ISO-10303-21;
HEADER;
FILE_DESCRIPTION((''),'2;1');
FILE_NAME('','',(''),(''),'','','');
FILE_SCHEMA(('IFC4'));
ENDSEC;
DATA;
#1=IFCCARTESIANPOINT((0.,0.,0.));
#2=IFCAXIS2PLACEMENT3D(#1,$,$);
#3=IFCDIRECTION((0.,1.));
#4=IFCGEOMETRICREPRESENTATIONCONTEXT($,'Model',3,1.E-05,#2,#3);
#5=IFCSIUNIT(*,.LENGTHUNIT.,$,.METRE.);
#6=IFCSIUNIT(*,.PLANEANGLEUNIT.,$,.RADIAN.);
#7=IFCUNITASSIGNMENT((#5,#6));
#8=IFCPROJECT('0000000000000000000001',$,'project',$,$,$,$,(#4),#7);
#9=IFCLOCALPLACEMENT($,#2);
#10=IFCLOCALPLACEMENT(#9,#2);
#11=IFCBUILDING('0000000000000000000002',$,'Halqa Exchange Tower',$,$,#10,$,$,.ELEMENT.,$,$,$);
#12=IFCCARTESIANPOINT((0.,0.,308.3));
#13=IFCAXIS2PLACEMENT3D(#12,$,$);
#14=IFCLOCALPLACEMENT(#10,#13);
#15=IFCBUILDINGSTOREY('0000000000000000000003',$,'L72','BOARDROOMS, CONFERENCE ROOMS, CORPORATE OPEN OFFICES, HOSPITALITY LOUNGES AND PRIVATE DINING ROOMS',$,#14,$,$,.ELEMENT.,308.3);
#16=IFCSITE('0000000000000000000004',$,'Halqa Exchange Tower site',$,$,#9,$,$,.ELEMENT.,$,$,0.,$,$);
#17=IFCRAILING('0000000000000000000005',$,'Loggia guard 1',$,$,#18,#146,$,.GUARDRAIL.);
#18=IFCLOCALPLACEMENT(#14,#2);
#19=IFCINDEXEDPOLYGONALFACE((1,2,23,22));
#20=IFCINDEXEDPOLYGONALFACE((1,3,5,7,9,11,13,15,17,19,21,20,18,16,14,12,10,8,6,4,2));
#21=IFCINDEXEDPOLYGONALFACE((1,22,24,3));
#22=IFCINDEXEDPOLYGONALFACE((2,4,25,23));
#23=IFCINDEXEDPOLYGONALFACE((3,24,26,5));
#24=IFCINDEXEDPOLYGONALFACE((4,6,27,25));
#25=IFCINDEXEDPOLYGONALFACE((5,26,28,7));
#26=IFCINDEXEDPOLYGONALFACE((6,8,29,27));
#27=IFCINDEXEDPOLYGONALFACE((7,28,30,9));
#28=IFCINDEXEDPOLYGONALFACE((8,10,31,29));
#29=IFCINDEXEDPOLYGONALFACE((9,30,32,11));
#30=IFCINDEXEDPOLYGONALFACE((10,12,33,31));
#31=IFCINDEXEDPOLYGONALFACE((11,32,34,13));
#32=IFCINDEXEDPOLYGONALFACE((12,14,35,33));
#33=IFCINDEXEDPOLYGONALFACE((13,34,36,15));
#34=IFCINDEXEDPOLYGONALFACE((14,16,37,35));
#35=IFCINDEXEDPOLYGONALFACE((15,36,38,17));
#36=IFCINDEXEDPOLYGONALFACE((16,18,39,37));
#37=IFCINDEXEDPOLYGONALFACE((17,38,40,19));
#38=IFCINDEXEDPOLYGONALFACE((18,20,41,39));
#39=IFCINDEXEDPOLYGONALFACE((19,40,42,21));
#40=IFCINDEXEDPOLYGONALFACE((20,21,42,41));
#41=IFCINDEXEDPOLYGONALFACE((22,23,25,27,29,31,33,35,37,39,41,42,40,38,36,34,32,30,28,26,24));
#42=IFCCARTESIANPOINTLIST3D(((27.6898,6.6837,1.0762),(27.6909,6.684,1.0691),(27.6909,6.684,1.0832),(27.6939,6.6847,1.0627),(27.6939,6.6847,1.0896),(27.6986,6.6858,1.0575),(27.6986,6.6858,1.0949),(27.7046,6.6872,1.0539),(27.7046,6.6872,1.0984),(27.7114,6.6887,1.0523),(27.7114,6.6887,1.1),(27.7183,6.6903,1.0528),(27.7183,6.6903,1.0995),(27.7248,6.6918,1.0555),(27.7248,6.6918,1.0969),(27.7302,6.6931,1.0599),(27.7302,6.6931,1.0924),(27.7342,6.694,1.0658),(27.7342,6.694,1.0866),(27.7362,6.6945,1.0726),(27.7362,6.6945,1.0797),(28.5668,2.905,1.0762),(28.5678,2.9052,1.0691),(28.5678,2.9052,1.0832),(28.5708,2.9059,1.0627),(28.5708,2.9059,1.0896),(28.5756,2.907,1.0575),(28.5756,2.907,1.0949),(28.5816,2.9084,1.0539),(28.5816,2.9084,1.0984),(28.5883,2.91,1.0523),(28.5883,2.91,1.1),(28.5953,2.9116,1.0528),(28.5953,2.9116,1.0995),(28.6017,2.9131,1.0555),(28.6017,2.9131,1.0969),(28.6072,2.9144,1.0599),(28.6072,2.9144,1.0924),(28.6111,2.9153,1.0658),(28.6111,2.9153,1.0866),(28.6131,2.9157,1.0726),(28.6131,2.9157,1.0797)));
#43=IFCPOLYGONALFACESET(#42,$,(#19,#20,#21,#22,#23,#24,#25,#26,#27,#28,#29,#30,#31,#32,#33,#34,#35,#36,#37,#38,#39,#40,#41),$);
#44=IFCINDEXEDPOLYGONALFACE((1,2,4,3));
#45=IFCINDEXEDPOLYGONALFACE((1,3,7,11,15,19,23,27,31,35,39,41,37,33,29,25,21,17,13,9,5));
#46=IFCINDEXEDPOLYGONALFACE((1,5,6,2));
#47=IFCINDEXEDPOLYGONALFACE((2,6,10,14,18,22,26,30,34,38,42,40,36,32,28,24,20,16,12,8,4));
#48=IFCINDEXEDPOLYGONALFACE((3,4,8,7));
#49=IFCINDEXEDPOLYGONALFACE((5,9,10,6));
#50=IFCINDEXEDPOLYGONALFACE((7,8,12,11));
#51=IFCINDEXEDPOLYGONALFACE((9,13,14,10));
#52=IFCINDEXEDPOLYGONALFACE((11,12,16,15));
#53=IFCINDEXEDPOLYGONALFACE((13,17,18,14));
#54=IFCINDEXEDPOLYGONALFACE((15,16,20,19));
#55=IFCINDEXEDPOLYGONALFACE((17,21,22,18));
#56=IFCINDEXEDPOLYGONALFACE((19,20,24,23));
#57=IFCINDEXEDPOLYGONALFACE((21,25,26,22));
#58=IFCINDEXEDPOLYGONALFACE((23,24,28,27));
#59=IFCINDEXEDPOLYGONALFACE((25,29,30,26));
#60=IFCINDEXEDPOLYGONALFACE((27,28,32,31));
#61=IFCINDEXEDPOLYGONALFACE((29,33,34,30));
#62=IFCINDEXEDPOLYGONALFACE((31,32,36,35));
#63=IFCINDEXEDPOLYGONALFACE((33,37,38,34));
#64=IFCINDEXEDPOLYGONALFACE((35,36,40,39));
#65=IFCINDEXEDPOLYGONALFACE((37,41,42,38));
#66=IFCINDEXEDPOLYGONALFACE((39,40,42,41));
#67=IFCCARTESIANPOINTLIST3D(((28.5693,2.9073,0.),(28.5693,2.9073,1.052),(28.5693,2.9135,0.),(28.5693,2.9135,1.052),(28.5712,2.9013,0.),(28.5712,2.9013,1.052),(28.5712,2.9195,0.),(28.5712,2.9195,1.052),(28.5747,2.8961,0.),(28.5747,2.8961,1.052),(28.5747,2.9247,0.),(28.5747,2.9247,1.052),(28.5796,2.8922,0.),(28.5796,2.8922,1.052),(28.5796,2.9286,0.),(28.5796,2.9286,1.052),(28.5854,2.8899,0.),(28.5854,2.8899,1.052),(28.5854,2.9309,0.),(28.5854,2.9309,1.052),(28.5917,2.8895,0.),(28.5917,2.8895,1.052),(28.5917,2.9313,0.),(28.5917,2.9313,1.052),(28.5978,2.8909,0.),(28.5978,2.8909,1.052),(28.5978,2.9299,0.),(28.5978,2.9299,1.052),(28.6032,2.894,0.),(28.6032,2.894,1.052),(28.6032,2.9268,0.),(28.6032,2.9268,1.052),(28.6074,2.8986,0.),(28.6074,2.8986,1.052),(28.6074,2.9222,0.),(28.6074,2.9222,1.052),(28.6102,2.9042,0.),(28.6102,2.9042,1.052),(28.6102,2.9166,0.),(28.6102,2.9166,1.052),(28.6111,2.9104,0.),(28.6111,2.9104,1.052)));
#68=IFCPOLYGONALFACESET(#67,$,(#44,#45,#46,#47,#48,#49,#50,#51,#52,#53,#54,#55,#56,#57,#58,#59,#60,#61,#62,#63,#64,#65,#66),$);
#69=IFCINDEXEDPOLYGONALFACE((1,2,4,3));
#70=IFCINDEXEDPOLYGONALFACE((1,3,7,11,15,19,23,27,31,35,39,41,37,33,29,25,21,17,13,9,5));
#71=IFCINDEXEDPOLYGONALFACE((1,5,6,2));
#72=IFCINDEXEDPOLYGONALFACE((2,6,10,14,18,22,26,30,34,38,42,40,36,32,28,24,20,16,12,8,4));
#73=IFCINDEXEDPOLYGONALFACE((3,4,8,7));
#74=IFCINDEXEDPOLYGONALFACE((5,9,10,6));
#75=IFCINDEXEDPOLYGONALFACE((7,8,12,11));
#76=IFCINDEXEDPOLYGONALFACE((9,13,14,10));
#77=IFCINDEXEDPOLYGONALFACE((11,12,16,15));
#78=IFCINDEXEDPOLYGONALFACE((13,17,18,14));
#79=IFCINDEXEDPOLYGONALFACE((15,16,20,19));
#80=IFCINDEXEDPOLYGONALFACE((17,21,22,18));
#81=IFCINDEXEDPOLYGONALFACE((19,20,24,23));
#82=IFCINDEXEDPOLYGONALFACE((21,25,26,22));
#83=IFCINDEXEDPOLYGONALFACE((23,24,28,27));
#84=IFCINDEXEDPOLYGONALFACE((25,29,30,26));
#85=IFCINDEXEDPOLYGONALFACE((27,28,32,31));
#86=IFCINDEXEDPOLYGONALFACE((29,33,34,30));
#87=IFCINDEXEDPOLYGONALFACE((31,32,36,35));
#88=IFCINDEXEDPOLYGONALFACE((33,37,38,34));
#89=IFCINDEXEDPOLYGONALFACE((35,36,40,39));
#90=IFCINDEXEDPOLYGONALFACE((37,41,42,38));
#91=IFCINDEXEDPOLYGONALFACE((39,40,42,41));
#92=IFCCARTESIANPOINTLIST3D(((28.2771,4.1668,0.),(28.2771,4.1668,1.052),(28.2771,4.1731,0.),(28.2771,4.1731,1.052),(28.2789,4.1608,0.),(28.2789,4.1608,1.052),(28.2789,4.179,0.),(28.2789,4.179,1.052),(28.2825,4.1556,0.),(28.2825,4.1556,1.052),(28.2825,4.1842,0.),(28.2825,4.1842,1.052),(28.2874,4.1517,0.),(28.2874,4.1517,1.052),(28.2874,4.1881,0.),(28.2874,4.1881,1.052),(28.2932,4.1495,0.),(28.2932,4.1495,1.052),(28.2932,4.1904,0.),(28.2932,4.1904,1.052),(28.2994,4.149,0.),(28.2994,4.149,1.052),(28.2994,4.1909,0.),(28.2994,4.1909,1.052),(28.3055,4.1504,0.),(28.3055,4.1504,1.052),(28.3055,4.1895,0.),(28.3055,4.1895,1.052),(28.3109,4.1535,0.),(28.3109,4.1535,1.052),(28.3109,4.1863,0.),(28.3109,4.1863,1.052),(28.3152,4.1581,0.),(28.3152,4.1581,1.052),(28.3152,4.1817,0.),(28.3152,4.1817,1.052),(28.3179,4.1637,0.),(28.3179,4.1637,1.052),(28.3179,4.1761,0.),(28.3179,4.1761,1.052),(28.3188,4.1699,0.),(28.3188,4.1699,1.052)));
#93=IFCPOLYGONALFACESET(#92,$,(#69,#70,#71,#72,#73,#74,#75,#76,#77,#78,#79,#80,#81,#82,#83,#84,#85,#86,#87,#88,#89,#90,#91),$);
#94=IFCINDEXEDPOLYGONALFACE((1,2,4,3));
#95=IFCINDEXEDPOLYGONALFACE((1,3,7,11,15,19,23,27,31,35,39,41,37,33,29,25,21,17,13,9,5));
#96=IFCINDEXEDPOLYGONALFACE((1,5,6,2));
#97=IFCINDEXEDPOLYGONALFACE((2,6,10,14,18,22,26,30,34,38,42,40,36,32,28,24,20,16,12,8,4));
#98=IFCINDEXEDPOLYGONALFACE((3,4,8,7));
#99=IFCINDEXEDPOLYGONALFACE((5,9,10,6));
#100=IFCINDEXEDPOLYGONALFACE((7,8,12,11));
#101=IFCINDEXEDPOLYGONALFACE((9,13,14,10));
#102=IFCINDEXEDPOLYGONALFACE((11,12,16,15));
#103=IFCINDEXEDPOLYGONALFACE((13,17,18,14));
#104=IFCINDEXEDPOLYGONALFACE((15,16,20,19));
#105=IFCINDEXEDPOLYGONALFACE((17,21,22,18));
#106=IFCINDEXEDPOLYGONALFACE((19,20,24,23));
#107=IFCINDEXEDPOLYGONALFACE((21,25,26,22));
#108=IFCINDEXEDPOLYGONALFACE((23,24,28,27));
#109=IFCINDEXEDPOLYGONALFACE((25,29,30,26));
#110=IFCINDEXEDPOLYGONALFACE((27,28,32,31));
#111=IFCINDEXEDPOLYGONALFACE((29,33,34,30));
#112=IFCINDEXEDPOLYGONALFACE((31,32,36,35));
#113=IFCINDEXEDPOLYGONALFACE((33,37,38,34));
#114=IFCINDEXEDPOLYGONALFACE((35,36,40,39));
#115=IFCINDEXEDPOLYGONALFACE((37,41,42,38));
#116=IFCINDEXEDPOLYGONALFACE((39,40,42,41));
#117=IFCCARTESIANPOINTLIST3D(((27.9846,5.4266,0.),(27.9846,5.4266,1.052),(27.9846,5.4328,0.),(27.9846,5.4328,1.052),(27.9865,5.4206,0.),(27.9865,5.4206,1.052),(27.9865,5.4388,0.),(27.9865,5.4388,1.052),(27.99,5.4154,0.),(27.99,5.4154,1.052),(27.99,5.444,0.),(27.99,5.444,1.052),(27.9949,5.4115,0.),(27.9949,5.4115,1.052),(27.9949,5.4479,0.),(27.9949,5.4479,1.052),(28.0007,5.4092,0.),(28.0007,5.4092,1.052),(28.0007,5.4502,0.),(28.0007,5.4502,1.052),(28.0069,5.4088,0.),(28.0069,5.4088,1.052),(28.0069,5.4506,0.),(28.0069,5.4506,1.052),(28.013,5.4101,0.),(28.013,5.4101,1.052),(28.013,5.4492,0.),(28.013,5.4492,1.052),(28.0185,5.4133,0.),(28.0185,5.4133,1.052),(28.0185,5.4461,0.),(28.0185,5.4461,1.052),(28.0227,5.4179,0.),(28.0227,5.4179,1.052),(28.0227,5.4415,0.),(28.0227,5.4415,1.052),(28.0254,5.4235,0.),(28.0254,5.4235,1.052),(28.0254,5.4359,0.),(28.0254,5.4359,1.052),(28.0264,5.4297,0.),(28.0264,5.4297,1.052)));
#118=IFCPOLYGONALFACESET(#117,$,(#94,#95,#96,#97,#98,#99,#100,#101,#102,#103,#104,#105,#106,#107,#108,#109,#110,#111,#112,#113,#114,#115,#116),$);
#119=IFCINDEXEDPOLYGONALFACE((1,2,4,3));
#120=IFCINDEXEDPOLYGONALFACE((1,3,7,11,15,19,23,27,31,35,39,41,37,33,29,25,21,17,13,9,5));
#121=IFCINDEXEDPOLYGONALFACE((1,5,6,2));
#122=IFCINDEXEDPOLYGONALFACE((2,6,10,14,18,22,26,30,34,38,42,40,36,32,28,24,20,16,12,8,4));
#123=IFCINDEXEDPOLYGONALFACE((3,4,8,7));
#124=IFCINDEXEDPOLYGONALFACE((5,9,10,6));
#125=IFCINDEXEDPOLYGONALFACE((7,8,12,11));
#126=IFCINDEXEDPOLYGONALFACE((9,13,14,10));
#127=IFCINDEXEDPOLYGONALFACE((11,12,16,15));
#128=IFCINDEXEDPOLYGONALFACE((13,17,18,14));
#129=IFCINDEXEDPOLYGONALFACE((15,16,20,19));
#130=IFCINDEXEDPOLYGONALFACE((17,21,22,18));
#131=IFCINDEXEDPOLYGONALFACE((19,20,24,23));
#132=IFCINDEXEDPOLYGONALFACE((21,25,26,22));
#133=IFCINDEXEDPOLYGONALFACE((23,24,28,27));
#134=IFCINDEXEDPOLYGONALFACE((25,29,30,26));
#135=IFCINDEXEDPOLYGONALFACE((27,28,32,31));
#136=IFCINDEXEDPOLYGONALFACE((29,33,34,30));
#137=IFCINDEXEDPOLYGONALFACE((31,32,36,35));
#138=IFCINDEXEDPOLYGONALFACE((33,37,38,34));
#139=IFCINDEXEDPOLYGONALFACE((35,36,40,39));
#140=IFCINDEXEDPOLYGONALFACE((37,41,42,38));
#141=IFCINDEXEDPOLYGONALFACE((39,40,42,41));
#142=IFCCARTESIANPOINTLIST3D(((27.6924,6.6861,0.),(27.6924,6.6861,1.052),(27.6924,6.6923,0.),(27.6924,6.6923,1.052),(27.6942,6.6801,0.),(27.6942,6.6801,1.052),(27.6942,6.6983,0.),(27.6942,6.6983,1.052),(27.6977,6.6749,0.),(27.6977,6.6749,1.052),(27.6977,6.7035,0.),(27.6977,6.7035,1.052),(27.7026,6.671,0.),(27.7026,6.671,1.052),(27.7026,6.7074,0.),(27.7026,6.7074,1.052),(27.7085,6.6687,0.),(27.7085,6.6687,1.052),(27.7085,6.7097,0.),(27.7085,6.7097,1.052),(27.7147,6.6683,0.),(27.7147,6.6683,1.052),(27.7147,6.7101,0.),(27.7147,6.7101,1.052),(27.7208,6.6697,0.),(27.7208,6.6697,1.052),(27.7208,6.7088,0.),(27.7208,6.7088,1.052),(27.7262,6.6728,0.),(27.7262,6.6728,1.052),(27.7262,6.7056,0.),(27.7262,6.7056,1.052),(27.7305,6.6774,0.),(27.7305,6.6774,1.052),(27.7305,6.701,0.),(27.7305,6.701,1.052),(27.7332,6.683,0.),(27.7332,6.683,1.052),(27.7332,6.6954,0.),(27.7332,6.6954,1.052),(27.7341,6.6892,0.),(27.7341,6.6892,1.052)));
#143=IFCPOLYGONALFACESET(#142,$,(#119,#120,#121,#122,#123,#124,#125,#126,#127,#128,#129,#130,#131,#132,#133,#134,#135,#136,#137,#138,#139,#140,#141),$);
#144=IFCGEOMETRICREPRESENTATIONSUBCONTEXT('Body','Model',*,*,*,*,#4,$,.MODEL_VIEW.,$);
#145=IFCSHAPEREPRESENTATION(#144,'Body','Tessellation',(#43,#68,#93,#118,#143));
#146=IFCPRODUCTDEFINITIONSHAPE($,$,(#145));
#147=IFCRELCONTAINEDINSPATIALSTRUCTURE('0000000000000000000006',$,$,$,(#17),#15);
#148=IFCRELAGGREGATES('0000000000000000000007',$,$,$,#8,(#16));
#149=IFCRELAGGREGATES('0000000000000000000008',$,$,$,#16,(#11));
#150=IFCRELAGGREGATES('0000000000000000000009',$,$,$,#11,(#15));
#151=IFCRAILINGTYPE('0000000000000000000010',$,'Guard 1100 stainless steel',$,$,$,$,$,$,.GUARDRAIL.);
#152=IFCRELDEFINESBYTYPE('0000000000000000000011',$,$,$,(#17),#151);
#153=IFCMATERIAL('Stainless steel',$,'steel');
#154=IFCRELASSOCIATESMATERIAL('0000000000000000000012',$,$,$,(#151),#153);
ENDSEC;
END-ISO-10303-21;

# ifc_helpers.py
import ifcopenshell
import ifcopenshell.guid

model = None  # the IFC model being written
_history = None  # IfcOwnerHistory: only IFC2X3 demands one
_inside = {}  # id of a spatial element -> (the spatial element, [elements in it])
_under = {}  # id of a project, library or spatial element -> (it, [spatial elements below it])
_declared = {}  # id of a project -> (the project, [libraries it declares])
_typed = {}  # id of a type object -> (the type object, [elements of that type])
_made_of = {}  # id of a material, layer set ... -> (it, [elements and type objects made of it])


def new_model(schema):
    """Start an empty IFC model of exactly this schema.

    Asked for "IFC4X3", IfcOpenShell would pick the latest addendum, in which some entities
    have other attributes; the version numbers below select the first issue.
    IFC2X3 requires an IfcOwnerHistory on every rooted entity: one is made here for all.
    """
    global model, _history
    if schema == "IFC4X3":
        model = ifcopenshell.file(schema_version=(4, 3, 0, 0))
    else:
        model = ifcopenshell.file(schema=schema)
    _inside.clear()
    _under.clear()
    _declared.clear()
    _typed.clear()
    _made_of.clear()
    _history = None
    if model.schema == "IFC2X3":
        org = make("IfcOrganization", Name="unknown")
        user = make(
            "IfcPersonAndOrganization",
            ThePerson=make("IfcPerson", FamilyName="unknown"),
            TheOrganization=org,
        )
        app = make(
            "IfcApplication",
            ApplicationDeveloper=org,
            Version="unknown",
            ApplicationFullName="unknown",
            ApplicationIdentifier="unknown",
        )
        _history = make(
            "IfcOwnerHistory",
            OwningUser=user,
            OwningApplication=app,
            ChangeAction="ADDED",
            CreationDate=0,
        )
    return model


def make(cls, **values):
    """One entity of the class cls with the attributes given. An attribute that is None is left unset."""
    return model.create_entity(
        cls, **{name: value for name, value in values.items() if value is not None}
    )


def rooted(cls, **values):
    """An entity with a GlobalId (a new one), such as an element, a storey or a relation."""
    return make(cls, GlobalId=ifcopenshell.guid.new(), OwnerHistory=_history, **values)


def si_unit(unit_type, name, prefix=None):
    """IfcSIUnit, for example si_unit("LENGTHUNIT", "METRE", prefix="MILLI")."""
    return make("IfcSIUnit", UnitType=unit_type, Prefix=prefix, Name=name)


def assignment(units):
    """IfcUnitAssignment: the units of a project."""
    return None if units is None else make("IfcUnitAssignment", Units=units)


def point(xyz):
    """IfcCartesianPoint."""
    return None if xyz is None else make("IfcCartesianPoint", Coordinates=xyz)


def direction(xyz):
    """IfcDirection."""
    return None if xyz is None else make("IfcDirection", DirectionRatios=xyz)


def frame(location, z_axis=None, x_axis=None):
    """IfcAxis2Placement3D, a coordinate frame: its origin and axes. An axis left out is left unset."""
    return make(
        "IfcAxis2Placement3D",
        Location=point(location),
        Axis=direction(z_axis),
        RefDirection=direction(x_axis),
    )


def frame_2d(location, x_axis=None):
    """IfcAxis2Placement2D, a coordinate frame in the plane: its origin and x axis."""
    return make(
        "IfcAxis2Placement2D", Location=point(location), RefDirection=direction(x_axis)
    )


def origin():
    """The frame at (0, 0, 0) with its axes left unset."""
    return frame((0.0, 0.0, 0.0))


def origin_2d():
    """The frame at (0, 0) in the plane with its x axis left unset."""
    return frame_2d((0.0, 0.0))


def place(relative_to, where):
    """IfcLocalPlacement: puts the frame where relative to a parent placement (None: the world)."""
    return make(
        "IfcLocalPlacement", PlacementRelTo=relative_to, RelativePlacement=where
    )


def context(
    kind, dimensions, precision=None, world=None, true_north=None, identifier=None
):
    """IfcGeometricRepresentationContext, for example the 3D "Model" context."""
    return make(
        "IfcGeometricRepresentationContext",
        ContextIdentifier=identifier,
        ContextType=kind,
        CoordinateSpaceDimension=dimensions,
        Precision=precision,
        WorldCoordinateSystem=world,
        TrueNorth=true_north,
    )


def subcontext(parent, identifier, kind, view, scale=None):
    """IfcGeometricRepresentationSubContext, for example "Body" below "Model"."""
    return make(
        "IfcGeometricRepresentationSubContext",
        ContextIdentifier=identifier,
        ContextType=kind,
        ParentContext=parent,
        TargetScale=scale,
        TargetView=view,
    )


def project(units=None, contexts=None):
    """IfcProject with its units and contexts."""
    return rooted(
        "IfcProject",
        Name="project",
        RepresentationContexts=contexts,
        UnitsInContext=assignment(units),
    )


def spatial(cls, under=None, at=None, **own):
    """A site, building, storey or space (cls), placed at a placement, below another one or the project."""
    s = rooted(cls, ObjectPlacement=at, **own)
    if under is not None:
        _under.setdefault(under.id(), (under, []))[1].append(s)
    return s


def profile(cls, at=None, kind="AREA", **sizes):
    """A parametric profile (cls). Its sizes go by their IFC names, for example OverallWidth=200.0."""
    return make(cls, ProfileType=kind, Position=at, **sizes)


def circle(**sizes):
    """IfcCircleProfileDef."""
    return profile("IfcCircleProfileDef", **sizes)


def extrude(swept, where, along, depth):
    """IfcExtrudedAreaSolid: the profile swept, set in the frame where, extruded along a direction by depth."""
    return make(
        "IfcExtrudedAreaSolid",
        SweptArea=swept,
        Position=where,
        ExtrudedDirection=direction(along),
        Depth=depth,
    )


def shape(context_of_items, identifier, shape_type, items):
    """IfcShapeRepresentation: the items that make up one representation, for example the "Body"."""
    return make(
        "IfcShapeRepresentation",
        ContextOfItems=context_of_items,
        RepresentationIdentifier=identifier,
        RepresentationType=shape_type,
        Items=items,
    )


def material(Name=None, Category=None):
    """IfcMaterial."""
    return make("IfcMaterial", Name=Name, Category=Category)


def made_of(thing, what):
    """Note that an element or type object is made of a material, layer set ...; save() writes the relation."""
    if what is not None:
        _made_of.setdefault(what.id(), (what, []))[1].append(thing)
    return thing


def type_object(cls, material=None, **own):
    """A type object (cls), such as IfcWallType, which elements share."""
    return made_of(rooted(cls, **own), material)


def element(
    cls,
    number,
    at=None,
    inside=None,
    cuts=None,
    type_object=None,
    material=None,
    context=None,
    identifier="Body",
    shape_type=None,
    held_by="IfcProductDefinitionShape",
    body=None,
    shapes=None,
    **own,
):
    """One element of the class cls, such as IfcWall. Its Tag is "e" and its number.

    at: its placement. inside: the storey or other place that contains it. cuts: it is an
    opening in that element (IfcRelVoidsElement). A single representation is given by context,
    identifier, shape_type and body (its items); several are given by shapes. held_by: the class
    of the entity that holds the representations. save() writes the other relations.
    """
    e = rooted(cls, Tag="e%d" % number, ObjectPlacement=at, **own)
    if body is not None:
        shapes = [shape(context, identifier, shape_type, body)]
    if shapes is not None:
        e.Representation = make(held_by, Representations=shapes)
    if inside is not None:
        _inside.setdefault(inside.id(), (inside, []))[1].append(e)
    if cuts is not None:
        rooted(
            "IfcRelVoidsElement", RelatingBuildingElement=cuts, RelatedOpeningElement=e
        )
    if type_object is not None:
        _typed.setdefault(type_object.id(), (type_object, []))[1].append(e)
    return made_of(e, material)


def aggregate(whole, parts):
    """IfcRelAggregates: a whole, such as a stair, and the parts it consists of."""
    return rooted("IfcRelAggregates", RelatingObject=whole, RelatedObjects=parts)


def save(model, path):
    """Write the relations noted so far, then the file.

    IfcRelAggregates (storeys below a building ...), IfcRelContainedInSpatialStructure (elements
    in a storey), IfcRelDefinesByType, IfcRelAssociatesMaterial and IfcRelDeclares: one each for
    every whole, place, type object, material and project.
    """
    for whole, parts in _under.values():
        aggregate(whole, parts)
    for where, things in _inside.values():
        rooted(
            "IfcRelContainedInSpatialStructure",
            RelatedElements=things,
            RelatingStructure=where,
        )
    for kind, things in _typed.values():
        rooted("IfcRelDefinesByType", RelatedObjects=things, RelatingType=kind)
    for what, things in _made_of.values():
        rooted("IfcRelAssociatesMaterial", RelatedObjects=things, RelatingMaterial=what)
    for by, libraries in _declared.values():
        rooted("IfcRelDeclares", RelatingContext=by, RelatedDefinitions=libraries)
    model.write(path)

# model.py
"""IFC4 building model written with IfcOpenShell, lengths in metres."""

from ifc_helpers import new_model, si_unit, direction, frame, origin, origin_2d, place, context, subcontext, project, spatial, circle, extrude, material, type_object, element, save


model = new_model("IFC4")

# Units and contexts
model_context = context("Model", 3, precision=1e-05, world=origin(), true_north=direction((0.0, 1.0)))
body_context = subcontext(model_context, "Body", "Model", "MODEL_VIEW")
ifc_project = project(units=[si_unit("LENGTHUNIT", "METRE"), si_unit("PLANEANGLEUNIT", "RADIAN")], contexts=[model_context])

# Site, building, storey
site_placement = place(None, origin())
site = spatial("IfcSite", under=ifc_project, at=site_placement, Name="Halqa Exchange Tower site", CompositionType="ELEMENT", RefElevation=0.0)
building_placement = place(site_placement, origin())
building = spatial("IfcBuilding", under=site, at=building_placement, Name="Halqa Exchange Tower", CompositionType="ELEMENT")
storey_placement = place(building_placement, frame((0.0, 0.0, 308.3)))
storey = spatial("IfcBuildingStorey", under=building, at=storey_placement, Name="L72", Description="BOARDROOMS, CONFERENCE ROOMS, CORPORATE OPEN OFFICES, HOSPITALITY LOUNGES AND PRIVATE DINING ROOMS", CompositionType="ELEMENT", Elevation=308.3)

# Railing
ifc_material_1 = material(Name="Stainless steel", Category="steel")
railing_type = type_object("IfcRailingType", Name="Guard 1100 stainless steel", PredefinedType="GUARDRAIL", material=ifc_material_1)
railing_1_placement = place(storey_placement, frame((28.5901, 2.9104, 0.0)))
element("IfcRailing", 1, at=railing_1_placement, inside=storey, type_object=railing_type, Name="Loggia guard 1", PredefinedType="GUARDRAIL", context=body_context, shape_type="SweptSolid", body=[
    extrude(circle(Radius=0.0239, at=origin_2d()), frame((0.0, 0.0, 1.0762), z_axis=(-0.226064, 0.974113, 0.0), x_axis=(-0.974113, -0.226064, 0.0)), (0.0, 0.0, 1.0), 3.8792),
    extrude(circle(Radius=0.021, at=origin_2d()), origin(), (0.0, 0.0, 1.0), 1.052),
    extrude(circle(Radius=0.021, at=origin_2d()), frame((-0.2922, 1.2595, 0.0)), (0.0, 0.0, 1.0), 1.052),
    extrude(circle(Radius=0.021, at=origin_2d()), frame((-0.5847, 2.5193, 0.0)), (0.0, 0.0, 1.0), 1.052),
    extrude(circle(Radius=0.021, at=origin_2d()), frame((-0.877, 3.7788, 0.0)), (0.0, 0.0, 1.0), 1.052),
])

save(model, "model.ifc")
